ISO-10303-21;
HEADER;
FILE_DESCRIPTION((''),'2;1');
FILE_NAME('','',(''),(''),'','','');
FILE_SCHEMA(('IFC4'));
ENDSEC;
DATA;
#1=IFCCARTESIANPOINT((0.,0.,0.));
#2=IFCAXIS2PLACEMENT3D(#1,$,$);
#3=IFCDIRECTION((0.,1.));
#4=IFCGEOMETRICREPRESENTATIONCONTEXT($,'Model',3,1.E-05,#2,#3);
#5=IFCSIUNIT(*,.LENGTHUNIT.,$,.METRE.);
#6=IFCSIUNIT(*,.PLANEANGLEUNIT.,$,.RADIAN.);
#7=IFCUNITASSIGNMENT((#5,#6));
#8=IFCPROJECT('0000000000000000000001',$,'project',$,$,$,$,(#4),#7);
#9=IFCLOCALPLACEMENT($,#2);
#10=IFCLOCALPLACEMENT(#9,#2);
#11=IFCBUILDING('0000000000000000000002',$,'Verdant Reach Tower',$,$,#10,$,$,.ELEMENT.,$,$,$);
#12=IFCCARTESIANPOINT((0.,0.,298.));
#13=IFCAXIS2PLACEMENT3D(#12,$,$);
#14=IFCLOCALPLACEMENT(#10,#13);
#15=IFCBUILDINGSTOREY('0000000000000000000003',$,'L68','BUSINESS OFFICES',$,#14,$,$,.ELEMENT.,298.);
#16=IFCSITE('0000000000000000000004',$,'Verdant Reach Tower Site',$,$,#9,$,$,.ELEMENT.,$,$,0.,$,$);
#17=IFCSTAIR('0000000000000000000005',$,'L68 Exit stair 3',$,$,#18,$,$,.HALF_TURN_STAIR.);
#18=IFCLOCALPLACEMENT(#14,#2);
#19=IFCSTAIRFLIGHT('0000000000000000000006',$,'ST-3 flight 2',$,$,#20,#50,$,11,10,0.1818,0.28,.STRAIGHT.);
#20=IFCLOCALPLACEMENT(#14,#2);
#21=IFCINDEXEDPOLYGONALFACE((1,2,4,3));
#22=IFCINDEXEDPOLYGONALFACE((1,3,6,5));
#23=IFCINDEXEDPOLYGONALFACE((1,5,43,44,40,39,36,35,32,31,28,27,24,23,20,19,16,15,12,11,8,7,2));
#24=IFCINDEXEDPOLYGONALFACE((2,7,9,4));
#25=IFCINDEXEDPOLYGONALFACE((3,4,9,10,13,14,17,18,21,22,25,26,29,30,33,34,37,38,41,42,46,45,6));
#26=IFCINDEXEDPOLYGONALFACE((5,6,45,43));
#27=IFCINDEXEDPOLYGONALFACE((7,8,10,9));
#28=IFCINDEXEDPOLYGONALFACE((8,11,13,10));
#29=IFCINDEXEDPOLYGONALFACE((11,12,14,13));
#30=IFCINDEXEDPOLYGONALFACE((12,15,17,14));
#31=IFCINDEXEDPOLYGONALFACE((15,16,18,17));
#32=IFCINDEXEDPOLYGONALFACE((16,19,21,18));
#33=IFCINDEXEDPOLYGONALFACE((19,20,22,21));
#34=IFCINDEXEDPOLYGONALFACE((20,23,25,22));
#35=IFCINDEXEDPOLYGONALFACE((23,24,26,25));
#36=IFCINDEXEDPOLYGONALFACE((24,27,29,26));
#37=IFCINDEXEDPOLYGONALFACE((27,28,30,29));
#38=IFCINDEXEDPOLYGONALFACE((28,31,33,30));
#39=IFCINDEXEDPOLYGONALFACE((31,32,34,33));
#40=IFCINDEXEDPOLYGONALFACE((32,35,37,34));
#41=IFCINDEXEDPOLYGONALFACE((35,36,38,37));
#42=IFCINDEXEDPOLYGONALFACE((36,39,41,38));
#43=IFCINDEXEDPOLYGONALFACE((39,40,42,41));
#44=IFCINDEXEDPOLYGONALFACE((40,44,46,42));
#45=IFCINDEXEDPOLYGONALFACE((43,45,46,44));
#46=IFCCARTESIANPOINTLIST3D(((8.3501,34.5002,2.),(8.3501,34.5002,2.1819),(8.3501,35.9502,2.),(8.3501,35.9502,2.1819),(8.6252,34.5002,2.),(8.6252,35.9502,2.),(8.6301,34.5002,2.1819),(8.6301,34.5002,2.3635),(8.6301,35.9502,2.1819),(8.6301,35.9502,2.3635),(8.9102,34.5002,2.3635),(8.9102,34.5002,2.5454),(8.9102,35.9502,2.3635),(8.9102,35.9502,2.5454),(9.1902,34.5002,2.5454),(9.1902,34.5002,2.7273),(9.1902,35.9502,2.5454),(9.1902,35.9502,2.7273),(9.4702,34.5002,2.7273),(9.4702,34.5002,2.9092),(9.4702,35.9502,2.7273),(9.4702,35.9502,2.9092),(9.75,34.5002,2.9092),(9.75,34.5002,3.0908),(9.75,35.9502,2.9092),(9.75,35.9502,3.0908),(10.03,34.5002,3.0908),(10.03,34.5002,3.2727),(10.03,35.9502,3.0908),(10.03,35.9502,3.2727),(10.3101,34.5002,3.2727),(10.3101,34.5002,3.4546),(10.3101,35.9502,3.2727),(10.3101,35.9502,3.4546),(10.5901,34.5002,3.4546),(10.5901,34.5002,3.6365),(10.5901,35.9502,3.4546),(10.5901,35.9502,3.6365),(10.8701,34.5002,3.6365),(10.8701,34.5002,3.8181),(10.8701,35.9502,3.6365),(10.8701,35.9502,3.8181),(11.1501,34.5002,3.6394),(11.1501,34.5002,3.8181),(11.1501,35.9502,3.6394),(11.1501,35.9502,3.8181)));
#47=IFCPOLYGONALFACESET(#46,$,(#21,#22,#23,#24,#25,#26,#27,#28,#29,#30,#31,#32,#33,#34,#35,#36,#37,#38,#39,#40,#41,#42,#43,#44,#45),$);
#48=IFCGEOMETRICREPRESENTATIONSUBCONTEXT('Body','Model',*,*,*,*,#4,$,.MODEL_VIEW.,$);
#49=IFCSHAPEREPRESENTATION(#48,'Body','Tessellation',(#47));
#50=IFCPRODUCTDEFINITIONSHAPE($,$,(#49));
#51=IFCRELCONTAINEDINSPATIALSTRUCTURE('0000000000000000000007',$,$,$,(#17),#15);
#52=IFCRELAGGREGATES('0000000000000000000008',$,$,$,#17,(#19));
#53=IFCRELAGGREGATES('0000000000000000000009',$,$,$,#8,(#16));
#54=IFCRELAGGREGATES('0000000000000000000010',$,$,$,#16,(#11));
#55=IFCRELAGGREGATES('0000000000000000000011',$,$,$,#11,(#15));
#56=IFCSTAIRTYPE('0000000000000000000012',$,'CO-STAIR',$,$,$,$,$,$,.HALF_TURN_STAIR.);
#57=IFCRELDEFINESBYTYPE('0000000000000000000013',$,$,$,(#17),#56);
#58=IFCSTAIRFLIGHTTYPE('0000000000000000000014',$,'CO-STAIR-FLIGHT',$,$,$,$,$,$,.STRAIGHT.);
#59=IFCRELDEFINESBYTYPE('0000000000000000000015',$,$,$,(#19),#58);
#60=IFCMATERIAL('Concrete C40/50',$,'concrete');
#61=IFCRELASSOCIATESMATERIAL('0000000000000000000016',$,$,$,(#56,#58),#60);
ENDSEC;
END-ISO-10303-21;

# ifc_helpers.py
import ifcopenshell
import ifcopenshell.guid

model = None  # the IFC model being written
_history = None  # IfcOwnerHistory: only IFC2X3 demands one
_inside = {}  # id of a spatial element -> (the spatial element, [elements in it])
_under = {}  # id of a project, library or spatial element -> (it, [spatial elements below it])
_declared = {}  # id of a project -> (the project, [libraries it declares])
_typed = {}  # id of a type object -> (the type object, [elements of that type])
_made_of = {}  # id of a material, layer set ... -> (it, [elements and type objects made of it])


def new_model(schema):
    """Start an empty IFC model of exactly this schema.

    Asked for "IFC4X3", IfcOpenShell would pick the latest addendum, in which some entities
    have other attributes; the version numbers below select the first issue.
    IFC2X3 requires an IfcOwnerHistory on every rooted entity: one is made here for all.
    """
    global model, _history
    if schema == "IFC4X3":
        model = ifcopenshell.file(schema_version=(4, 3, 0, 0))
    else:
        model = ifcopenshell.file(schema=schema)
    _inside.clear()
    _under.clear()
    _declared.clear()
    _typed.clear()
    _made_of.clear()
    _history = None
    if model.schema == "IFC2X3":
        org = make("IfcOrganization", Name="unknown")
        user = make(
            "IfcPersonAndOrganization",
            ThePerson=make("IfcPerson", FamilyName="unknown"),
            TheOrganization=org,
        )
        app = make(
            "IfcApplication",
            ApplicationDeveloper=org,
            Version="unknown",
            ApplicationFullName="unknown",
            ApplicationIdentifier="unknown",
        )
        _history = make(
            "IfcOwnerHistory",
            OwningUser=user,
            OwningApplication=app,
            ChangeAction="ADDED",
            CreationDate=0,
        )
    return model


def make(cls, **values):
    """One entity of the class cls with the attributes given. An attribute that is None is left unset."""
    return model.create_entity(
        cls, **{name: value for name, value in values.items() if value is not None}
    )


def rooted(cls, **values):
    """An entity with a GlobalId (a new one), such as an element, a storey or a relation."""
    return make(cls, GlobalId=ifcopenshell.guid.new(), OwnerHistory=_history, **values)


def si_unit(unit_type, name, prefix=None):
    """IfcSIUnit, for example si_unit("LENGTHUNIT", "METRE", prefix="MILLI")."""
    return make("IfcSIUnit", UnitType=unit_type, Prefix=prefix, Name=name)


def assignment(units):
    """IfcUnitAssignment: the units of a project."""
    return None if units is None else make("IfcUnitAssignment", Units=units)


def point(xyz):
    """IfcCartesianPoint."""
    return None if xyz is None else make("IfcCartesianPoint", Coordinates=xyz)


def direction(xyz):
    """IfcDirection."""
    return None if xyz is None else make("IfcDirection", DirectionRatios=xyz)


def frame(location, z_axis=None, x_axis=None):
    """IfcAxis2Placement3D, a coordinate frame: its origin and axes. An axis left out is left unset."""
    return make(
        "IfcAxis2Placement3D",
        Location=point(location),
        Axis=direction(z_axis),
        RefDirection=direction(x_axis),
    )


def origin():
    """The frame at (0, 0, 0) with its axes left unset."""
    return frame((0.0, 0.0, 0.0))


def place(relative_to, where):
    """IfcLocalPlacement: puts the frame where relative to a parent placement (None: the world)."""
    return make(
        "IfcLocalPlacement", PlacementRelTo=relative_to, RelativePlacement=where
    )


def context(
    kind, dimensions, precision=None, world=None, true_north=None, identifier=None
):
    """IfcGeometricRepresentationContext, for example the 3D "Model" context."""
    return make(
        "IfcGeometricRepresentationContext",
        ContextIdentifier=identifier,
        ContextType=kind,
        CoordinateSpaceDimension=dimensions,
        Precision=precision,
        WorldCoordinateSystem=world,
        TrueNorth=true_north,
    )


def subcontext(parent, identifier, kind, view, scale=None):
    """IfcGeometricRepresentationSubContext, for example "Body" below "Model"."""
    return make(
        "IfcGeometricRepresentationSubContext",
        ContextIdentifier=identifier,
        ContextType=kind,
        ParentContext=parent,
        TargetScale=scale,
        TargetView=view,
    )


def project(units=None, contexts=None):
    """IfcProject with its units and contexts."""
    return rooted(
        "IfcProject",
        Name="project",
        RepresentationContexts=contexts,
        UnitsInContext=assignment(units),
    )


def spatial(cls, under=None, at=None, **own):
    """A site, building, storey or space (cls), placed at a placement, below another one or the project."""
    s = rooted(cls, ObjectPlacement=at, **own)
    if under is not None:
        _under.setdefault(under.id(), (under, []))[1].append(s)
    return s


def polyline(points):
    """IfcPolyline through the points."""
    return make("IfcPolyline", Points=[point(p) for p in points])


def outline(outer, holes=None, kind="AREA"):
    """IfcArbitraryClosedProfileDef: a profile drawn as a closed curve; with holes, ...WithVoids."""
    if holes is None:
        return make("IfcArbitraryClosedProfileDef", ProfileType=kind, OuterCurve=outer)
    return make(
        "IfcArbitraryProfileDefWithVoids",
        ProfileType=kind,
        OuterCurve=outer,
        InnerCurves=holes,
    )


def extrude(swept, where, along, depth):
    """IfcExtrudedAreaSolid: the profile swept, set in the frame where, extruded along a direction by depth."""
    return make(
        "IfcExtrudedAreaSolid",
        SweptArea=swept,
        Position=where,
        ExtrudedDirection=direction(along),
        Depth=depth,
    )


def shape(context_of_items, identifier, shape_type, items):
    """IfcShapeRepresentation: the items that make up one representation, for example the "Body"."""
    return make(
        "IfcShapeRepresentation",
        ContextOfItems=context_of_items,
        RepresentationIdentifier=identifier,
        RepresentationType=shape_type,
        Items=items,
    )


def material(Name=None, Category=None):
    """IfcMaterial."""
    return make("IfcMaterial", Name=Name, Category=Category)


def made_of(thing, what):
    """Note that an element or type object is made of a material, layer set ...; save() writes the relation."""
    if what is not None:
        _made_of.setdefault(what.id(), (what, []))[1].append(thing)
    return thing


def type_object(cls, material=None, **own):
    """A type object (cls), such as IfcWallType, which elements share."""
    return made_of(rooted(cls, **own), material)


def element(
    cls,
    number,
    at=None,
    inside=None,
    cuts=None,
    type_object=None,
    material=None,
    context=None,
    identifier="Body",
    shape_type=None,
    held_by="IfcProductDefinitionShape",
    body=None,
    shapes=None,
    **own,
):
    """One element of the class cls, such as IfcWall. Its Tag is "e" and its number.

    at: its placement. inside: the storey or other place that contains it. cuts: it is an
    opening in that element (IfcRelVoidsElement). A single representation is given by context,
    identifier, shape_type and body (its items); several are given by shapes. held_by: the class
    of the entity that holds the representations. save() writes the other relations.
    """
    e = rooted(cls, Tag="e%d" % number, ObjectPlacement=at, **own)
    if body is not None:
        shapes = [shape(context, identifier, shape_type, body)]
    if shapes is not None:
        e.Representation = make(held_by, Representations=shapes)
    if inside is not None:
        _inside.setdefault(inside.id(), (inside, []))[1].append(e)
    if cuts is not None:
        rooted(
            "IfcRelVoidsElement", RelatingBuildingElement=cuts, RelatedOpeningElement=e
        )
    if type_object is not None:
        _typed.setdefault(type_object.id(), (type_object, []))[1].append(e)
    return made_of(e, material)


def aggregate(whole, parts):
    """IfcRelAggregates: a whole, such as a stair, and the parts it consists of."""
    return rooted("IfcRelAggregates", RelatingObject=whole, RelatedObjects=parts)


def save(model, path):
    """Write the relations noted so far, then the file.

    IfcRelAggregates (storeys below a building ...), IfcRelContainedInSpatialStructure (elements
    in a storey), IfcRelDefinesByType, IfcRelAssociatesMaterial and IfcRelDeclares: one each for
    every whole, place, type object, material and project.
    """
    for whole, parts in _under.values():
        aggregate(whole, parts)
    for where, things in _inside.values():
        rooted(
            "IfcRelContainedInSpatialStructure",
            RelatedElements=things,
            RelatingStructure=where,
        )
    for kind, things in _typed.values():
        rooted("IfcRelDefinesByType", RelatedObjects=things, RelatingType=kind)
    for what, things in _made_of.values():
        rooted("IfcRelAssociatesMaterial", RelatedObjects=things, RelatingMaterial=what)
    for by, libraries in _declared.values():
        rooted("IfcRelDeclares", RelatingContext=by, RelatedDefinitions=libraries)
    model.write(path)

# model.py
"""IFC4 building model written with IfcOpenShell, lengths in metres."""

from ifc_helpers import new_model, si_unit, direction, frame, origin, place, context, subcontext, project, spatial, polyline, outline, extrude, material, type_object, element, aggregate, save


model = new_model("IFC4")

# Units and contexts
model_context = context("Model", 3, precision=1e-05, world=origin(), true_north=direction((0.0, 1.0)))
body_context = subcontext(model_context, "Body", "Model", "MODEL_VIEW")
ifc_project = project(units=[si_unit("LENGTHUNIT", "METRE"), si_unit("PLANEANGLEUNIT", "RADIAN")], contexts=[model_context])

# Site, building, storey
site_placement = place(None, origin())
site = spatial("IfcSite", under=ifc_project, at=site_placement, Name="Verdant Reach Tower Site", CompositionType="ELEMENT", RefElevation=0.0)
building_placement = place(site_placement, origin())
building = spatial("IfcBuilding", under=site, at=building_placement, Name="Verdant Reach Tower", CompositionType="ELEMENT")
storey_placement = place(building_placement, frame((0.0, 0.0, 298.0)))
storey = spatial("IfcBuildingStorey", under=building, at=storey_placement, Name="L68", Description="BUSINESS OFFICES", CompositionType="ELEMENT", Elevation=298.0)

# Stair, stair flight
ifc_material_1 = material(Name="Concrete C40/50", Category="concrete")
stair_type = type_object("IfcStairType", Name="CO-STAIR", PredefinedType="HALF_TURN_STAIR", material=ifc_material_1)
stair_placement = place(storey_placement, origin())
stair = element("IfcStair", 1, at=stair_placement, inside=storey, type_object=stair_type, Name="L68 Exit stair 3", PredefinedType="HALF_TURN_STAIR")
stair_flight_type = type_object("IfcStairFlightType", Name="CO-STAIR-FLIGHT", PredefinedType="STRAIGHT", material=ifc_material_1)
stair_flight_1_placement = place(storey_placement, frame((8.3501, 35.2251, 2.0), z_axis=(0.0, 0.0, 1.0), x_axis=(1.0, 0.0, 0.0)))
stair_flight_1 = element("IfcStairFlight", 2, at=stair_flight_1_placement, type_object=stair_flight_type, Name="ST-3 flight 2", NumberOfRisers=11, NumberOfTreads=10, PredefinedType="STRAIGHT", RiserHeight=0.1818, TreadLength=0.28, context=body_context, shape_type="SweptSolid", body=[
    extrude(outline(polyline([(0.0, 0.0), (0.0, 0.1819), (0.28, 0.1819), (0.28, 0.3635), (0.5601, 0.3635), (0.5601, 0.5454), (0.8401, 0.5454), (0.8401, 0.7273), (1.1201, 0.7273), (1.1201, 0.9092), (1.3999, 0.9092), (1.3999, 1.0908), (1.6799, 1.0908), (1.6799, 1.2727), (1.96, 1.2727), (1.96, 1.4546), (2.24, 1.4546), (2.24, 1.6365), (2.52, 1.6365), (2.52, 1.8181), (2.8, 1.8181), (2.8, 2.0), (2.8, 1.6394), (0.2751, 0.0), (0.0, 0.0)])), frame((0.0, 0.7251, 0.0), z_axis=(0.0, -1.0, 0.0), x_axis=(1.0, 0.0, 0.0)), (0.0, 0.0, 1.0), 1.45),
])
aggregate(stair, [stair_flight_1])

save(model, "model.ifc")
